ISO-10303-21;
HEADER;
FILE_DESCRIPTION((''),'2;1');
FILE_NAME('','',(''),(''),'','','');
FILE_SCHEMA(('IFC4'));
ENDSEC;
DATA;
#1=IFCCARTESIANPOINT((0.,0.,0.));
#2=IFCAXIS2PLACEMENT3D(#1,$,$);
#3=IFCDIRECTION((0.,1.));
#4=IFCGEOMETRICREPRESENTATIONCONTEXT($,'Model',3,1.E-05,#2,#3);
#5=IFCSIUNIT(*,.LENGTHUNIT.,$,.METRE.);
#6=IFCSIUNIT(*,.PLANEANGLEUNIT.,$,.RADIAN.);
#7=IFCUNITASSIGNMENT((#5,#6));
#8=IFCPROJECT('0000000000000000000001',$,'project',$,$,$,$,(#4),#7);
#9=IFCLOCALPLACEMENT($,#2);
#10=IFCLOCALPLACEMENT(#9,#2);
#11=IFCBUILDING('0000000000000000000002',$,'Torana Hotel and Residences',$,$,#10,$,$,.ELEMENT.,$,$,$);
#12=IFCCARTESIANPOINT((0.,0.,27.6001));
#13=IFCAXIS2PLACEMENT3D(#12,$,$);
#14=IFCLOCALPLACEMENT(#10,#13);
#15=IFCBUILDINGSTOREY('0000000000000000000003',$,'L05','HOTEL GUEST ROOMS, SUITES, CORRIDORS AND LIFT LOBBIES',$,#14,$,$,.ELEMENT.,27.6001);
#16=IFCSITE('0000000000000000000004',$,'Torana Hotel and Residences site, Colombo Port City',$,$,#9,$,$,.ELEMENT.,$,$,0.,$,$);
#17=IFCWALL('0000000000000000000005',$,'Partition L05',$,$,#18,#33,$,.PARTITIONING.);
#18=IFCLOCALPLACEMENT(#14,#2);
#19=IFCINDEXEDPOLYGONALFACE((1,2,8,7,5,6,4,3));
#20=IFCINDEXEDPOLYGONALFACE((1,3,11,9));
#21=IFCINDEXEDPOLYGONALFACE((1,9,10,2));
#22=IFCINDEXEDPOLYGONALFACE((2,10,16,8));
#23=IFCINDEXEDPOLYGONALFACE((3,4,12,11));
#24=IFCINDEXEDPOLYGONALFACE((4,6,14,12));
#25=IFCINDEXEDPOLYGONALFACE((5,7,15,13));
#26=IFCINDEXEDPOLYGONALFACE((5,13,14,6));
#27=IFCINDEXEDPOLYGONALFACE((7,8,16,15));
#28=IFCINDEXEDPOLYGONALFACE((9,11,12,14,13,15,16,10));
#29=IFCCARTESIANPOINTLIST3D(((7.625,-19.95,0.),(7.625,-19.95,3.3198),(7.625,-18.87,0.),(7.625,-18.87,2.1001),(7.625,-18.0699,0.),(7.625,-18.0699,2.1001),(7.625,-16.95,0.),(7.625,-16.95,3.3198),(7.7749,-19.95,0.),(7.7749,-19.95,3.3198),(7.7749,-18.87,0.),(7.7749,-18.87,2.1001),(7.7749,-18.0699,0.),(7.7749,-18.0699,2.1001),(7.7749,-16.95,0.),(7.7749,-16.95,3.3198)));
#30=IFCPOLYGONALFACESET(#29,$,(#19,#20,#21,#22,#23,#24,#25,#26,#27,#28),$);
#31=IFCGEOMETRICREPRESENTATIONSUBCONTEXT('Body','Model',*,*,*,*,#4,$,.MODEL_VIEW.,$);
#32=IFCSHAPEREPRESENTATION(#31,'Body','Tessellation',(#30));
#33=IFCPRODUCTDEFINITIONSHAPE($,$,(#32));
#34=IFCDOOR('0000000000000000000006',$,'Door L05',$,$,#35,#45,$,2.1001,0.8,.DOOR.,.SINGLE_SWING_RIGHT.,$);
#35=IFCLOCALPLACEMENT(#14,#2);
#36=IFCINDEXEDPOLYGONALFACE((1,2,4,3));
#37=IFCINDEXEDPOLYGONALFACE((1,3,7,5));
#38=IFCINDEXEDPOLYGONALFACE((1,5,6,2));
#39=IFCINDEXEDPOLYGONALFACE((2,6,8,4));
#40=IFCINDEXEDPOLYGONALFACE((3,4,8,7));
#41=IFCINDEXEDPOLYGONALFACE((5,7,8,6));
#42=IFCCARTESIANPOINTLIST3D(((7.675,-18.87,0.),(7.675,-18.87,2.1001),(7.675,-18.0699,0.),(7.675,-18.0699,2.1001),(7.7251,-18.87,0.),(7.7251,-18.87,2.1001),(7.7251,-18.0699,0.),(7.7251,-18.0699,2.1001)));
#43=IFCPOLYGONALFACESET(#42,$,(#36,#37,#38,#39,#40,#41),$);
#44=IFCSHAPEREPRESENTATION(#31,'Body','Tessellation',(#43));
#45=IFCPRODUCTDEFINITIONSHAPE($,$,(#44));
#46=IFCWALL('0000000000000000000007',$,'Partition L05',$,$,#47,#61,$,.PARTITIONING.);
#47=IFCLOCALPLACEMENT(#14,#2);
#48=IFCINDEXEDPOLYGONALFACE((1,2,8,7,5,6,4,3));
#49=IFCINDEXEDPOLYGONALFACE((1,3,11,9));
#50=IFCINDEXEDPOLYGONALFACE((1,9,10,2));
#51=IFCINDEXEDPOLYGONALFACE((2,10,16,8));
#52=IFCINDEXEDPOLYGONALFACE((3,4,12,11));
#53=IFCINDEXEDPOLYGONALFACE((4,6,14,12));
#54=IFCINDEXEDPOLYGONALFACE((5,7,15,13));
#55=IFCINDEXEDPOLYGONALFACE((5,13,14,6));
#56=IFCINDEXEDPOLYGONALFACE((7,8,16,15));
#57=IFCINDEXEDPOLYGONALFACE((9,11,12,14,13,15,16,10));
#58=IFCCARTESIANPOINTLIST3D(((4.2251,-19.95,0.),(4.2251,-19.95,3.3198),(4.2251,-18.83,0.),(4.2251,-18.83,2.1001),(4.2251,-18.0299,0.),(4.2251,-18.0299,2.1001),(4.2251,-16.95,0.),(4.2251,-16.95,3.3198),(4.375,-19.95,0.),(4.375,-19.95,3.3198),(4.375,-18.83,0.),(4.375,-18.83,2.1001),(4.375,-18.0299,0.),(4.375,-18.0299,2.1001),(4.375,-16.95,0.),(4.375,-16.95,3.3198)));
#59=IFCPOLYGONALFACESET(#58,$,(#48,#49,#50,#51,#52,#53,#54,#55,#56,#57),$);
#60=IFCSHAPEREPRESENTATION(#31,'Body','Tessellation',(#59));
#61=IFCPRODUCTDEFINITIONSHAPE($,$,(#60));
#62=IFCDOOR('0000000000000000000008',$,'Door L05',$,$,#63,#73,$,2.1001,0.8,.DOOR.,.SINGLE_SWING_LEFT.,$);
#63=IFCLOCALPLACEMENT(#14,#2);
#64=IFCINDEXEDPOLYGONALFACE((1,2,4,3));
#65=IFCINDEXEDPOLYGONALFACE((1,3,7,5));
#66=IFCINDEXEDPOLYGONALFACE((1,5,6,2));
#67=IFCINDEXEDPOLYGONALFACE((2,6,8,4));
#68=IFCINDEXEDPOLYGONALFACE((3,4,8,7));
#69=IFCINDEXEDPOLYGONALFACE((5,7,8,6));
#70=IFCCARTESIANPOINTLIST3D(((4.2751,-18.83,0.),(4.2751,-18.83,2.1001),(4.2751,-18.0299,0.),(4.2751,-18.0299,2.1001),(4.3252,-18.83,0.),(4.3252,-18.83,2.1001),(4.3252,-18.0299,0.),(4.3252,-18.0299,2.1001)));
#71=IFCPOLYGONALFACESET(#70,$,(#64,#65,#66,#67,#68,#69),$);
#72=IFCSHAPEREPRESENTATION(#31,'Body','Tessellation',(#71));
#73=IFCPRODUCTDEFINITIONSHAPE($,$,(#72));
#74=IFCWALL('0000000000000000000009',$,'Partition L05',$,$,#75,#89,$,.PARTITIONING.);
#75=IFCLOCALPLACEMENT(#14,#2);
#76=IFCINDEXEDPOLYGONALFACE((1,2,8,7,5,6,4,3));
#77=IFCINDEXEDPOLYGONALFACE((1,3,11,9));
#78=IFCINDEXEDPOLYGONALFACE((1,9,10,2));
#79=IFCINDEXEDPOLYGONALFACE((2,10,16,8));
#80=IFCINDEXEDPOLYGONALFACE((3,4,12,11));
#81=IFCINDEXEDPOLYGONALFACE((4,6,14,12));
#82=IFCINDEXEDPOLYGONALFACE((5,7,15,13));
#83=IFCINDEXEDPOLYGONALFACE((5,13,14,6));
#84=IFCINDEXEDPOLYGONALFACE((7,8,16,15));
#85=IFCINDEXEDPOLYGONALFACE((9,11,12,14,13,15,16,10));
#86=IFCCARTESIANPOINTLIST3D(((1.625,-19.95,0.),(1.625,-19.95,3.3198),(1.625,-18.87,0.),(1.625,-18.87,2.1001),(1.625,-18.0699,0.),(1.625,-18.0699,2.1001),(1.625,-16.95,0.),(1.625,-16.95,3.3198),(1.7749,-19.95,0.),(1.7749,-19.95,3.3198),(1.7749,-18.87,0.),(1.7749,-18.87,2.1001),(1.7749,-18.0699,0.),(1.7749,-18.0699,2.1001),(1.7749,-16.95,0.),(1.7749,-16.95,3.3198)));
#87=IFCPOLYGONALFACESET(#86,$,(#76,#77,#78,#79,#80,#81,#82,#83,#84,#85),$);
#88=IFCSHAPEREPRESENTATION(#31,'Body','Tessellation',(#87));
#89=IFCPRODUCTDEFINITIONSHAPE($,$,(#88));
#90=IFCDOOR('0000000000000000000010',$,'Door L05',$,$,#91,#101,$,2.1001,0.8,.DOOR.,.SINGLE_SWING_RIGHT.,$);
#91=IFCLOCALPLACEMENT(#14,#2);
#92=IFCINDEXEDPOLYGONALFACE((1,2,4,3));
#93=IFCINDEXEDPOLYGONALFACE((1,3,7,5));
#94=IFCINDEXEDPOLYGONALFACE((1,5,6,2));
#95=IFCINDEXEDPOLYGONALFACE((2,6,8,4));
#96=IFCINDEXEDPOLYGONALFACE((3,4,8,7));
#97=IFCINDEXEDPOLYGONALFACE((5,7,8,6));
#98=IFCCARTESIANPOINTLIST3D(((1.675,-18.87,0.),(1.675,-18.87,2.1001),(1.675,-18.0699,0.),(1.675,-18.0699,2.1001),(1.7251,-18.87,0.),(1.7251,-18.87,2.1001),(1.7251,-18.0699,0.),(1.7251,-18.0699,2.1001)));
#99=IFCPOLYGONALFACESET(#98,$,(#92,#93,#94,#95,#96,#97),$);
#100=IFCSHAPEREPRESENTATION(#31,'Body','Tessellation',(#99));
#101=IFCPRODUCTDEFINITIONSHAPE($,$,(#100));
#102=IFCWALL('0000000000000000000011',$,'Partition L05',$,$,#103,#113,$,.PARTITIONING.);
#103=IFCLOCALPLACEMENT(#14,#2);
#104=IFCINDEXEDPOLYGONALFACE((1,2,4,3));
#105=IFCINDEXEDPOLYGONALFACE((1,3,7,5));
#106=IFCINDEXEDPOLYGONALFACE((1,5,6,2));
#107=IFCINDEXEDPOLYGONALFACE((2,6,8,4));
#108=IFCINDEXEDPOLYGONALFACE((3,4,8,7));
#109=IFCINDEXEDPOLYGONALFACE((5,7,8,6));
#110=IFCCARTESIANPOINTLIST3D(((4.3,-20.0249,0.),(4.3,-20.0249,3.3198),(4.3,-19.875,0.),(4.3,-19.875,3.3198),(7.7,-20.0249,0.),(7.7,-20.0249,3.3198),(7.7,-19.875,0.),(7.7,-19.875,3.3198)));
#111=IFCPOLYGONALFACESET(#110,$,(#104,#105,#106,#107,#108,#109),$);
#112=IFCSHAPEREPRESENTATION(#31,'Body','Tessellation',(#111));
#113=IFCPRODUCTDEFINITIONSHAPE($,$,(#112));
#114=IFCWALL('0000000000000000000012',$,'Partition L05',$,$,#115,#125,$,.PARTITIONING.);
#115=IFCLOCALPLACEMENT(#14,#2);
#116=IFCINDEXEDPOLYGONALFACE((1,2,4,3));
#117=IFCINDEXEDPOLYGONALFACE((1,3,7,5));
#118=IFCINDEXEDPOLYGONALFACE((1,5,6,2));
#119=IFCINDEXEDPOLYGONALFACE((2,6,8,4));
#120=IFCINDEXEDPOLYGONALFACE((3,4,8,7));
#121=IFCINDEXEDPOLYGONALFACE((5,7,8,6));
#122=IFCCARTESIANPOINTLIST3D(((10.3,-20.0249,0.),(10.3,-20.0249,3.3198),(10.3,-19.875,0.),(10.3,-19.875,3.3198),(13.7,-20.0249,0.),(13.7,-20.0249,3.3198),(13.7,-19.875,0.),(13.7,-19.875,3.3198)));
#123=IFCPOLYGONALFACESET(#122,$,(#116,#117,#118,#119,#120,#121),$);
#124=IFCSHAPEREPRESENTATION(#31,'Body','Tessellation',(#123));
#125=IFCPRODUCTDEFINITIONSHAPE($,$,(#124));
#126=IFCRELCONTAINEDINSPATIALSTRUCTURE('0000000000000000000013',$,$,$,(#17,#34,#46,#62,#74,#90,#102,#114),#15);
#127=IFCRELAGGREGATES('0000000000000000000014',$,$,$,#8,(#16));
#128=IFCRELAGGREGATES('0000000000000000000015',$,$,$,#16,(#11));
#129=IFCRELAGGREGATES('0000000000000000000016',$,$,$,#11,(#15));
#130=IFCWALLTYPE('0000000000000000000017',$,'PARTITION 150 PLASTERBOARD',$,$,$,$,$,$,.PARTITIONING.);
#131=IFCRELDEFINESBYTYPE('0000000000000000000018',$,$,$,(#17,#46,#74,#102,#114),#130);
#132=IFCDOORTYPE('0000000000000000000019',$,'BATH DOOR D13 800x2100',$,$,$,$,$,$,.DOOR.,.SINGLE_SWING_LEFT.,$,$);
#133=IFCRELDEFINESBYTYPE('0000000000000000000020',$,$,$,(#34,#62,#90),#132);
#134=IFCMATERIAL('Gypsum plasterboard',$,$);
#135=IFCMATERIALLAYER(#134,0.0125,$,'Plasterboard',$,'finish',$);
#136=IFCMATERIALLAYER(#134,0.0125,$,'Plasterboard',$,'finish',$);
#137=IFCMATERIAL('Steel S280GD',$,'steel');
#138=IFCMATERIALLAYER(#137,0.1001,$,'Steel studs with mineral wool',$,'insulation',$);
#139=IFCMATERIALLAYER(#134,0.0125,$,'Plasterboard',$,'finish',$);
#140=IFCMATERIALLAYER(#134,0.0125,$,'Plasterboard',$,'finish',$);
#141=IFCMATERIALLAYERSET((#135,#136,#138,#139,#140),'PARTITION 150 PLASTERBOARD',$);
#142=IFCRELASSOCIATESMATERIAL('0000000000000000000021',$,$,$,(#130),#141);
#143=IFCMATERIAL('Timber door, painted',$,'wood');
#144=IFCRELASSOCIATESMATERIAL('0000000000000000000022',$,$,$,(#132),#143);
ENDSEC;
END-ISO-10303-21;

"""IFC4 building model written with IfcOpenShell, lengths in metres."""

from ifc_helpers import new_model, si_unit, direction, frame, frame_2d, origin, place, context, subcontext, project, spatial, rectangle, extrude, material, layer, layer_set, type_object, element, fill, save


model = new_model("IFC4")

# Units and contexts
model_context = context("Model", 3, precision=1e-05, world=origin(), true_north=direction((0.0, 1.0)))
body_context = subcontext(model_context, "Body", "Model", "MODEL_VIEW")
ifc_project = project(units=[si_unit("LENGTHUNIT", "METRE"), si_unit("PLANEANGLEUNIT", "RADIAN")], contexts=[model_context])

# Site, building, storey
site_placement = place(None, origin())
site = spatial("IfcSite", under=ifc_project, at=site_placement, Name="Torana Hotel and Residences site, Colombo Port City", CompositionType="ELEMENT", RefElevation=0.0)
building_placement = place(site_placement, origin())
building = spatial("IfcBuilding", under=site, at=building_placement, Name="Torana Hotel and Residences", CompositionType="ELEMENT")
storey_placement = place(building_placement, frame((0.0, 0.0, 27.6001)))
storey = spatial("IfcBuildingStorey", under=building, at=storey_placement, Name="L05", Description="HOTEL GUEST ROOMS, SUITES, CORRIDORS AND LIFT LOBBIES", CompositionType="ELEMENT", Elevation=27.6001)

# Walls, openings, doors
ifc_material_1 = material(Name="Gypsum plasterboard")
ifc_layer_1 = layer(ifc_material_1, 0.0125, Name="Plasterboard", Category="finish")
ifc_layer_2 = layer(ifc_material_1, 0.0125, Name="Plasterboard", Category="finish")
ifc_material_2 = material(Name="Steel S280GD", Category="steel")
ifc_layer_3 = layer(ifc_material_2, 0.1001, Name="Steel studs with mineral wool", Category="insulation")
ifc_layer_4 = layer(ifc_material_1, 0.0125, Name="Plasterboard", Category="finish")
ifc_layer_5 = layer(ifc_material_1, 0.0125, Name="Plasterboard", Category="finish")
ifc_layer_set_1 = layer_set([ifc_layer_1, ifc_layer_2, ifc_layer_3, ifc_layer_4, ifc_layer_5], Name="PARTITION 150 PLASTERBOARD")
wall_type_1 = type_object("IfcWallType", Name="PARTITION 150 PLASTERBOARD", PredefinedType="PARTITIONING", material=ifc_layer_set_1)
ifc_material_3 = material(Name="Timber door, painted", Category="wood")
door_type_1 = type_object("IfcDoorType", Name="BATH DOOR D13 800x2100", OperationType="SINGLE_SWING_LEFT", PredefinedType="DOOR", material=ifc_material_3)
wall_1_placement = place(storey_placement, frame((7.7, -19.95, 0.0), z_axis=(0.0, 0.0, 1.0), x_axis=(0.0, 1.0, 0.0)))
wall_1 = element("IfcWall", 1, at=wall_1_placement, inside=storey, type_object=wall_type_1, Name="Partition L05", PredefinedType="PARTITIONING", context=body_context, shape_type="SweptSolid", body=[
    extrude(rectangle(XDim=3.0, YDim=0.1499, at=frame_2d((1.5, 0.0))), origin(), (0.0, 0.0, 1.0), 3.3198),
])
opening_1_placement = place(wall_1_placement, frame((1.0801, 0.0, 0.0)))
opening_1 = element("IfcOpeningElement", 2, at=opening_1_placement, cuts=wall_1, PredefinedType="OPENING", context=body_context, shape_type="SweptSolid", body=[
    extrude(rectangle(XDim=0.8, YDim=2.1001, at=frame_2d((0.3999, 1.05))), frame((0.0, 0.085, 0.0), z_axis=(0.0, -1.0, 0.0), x_axis=(1.0, 0.0, 0.0)), (0.0, 0.0, 1.0), 0.1699),
])
door_1_placement = place(opening_1_placement, origin())
door_1 = element("IfcDoor", 3, at=door_1_placement, inside=storey, type_object=door_type_1, Name="Door L05", OperationType="SINGLE_SWING_RIGHT", OverallHeight=2.1001, OverallWidth=0.8, PredefinedType="DOOR", context=body_context, shape_type="SweptSolid", body=[
    extrude(rectangle(XDim=0.8, YDim=2.1001, at=frame_2d((0.3999, 1.05))), frame((0.0, 0.0249, 0.0), z_axis=(0.0, -1.0, 0.0), x_axis=(1.0, 0.0, 0.0)), (0.0, 0.0, 1.0), 0.05),
])
fill(opening_1, door_1)
wall_2_placement = place(storey_placement, frame((4.3, -19.95, 0.0), z_axis=(0.0, 0.0, 1.0), x_axis=(0.0, 1.0, 0.0)))
wall_2 = element("IfcWall", 4, at=wall_2_placement, inside=storey, type_object=wall_type_1, Name="Partition L05", PredefinedType="PARTITIONING", context=body_context, shape_type="SweptSolid", body=[
    extrude(rectangle(XDim=3.0, YDim=0.1499, at=frame_2d((1.5, 0.0))), origin(), (0.0, 0.0, 1.0), 3.3198),
])
opening_2_placement = place(wall_2_placement, frame((1.1201, 0.0, 0.0)))
opening_2 = element("IfcOpeningElement", 5, at=opening_2_placement, cuts=wall_2, PredefinedType="OPENING", context=body_context, shape_type="SweptSolid", body=[
    extrude(rectangle(XDim=0.8, YDim=2.1001, at=frame_2d((0.3999, 1.05))), frame((0.0, 0.085, 0.0), z_axis=(0.0, -1.0, 0.0), x_axis=(1.0, 0.0, 0.0)), (0.0, 0.0, 1.0), 0.1699),
])
door_2_placement = place(opening_2_placement, origin())
door_2 = element("IfcDoor", 6, at=door_2_placement, inside=storey, type_object=door_type_1, Name="Door L05", OperationType="SINGLE_SWING_LEFT", OverallHeight=2.1001, OverallWidth=0.8, PredefinedType="DOOR", context=body_context, shape_type="SweptSolid", body=[
    extrude(rectangle(XDim=0.8, YDim=2.1001, at=frame_2d((0.3999, 1.05))), frame((0.0, 0.0249, 0.0), z_axis=(0.0, -1.0, 0.0), x_axis=(1.0, 0.0, 0.0)), (0.0, 0.0, 1.0), 0.05),
])
fill(opening_2, door_2)
wall_3_placement = place(storey_placement, frame((1.7, -19.95, 0.0), z_axis=(0.0, 0.0, 1.0), x_axis=(0.0, 1.0, 0.0)))
wall_3 = element("IfcWall", 7, at=wall_3_placement, inside=storey, type_object=wall_type_1, Name="Partition L05", PredefinedType="PARTITIONING", context=body_context, shape_type="SweptSolid", body=[
    extrude(rectangle(XDim=3.0, YDim=0.1499, at=frame_2d((1.5, 0.0))), origin(), (0.0, 0.0, 1.0), 3.3198),
])
opening_3_placement = place(wall_3_placement, frame((1.0801, 0.0, 0.0)))
opening_3 = element("IfcOpeningElement", 8, at=opening_3_placement, cuts=wall_3, PredefinedType="OPENING", context=body_context, shape_type="SweptSolid", body=[
    extrude(rectangle(XDim=0.8, YDim=2.1001, at=frame_2d((0.3999, 1.05))), frame((0.0, 0.085, 0.0), z_axis=(0.0, -1.0, 0.0), x_axis=(1.0, 0.0, 0.0)), (0.0, 0.0, 1.0), 0.1699),
])
door_3_placement = place(opening_3_placement, origin())
door_3 = element("IfcDoor", 9, at=door_3_placement, inside=storey, type_object=door_type_1, Name="Door L05", OperationType="SINGLE_SWING_RIGHT", OverallHeight=2.1001, OverallWidth=0.8, PredefinedType="DOOR", context=body_context, shape_type="SweptSolid", body=[
    extrude(rectangle(XDim=0.8, YDim=2.1001, at=frame_2d((0.3999, 1.05))), frame((0.0, 0.0249, 0.0), z_axis=(0.0, -1.0, 0.0), x_axis=(1.0, 0.0, 0.0)), (0.0, 0.0, 1.0), 0.05),
])
fill(opening_3, door_3)

# Walls
for number, where, z_axis, x_axis, name in (
    (10, (4.3, -19.95, 0.0), (0.0, 0.0, 1.0), (1.0, 0.0, 0.0), "Partition L05"),
    (11, (10.3, -19.95, 0.0), (0.0, 0.0, 1.0), (1.0, 0.0, 0.0), "Partition L05"),
):
    element("IfcWall", number, at=place(storey_placement, frame(where, z_axis=z_axis, x_axis=x_axis)), inside=storey, type_object=wall_type_1, Name=name, PredefinedType="PARTITIONING", context=body_context, shape_type="SweptSolid", body=[
        extrude(rectangle(XDim=3.3999, YDim=0.1499, at=frame_2d((1.7, 0.0))), origin(), (0.0, 0.0, 1.0), 3.3198),
    ])

save(model, "model.ifc")
